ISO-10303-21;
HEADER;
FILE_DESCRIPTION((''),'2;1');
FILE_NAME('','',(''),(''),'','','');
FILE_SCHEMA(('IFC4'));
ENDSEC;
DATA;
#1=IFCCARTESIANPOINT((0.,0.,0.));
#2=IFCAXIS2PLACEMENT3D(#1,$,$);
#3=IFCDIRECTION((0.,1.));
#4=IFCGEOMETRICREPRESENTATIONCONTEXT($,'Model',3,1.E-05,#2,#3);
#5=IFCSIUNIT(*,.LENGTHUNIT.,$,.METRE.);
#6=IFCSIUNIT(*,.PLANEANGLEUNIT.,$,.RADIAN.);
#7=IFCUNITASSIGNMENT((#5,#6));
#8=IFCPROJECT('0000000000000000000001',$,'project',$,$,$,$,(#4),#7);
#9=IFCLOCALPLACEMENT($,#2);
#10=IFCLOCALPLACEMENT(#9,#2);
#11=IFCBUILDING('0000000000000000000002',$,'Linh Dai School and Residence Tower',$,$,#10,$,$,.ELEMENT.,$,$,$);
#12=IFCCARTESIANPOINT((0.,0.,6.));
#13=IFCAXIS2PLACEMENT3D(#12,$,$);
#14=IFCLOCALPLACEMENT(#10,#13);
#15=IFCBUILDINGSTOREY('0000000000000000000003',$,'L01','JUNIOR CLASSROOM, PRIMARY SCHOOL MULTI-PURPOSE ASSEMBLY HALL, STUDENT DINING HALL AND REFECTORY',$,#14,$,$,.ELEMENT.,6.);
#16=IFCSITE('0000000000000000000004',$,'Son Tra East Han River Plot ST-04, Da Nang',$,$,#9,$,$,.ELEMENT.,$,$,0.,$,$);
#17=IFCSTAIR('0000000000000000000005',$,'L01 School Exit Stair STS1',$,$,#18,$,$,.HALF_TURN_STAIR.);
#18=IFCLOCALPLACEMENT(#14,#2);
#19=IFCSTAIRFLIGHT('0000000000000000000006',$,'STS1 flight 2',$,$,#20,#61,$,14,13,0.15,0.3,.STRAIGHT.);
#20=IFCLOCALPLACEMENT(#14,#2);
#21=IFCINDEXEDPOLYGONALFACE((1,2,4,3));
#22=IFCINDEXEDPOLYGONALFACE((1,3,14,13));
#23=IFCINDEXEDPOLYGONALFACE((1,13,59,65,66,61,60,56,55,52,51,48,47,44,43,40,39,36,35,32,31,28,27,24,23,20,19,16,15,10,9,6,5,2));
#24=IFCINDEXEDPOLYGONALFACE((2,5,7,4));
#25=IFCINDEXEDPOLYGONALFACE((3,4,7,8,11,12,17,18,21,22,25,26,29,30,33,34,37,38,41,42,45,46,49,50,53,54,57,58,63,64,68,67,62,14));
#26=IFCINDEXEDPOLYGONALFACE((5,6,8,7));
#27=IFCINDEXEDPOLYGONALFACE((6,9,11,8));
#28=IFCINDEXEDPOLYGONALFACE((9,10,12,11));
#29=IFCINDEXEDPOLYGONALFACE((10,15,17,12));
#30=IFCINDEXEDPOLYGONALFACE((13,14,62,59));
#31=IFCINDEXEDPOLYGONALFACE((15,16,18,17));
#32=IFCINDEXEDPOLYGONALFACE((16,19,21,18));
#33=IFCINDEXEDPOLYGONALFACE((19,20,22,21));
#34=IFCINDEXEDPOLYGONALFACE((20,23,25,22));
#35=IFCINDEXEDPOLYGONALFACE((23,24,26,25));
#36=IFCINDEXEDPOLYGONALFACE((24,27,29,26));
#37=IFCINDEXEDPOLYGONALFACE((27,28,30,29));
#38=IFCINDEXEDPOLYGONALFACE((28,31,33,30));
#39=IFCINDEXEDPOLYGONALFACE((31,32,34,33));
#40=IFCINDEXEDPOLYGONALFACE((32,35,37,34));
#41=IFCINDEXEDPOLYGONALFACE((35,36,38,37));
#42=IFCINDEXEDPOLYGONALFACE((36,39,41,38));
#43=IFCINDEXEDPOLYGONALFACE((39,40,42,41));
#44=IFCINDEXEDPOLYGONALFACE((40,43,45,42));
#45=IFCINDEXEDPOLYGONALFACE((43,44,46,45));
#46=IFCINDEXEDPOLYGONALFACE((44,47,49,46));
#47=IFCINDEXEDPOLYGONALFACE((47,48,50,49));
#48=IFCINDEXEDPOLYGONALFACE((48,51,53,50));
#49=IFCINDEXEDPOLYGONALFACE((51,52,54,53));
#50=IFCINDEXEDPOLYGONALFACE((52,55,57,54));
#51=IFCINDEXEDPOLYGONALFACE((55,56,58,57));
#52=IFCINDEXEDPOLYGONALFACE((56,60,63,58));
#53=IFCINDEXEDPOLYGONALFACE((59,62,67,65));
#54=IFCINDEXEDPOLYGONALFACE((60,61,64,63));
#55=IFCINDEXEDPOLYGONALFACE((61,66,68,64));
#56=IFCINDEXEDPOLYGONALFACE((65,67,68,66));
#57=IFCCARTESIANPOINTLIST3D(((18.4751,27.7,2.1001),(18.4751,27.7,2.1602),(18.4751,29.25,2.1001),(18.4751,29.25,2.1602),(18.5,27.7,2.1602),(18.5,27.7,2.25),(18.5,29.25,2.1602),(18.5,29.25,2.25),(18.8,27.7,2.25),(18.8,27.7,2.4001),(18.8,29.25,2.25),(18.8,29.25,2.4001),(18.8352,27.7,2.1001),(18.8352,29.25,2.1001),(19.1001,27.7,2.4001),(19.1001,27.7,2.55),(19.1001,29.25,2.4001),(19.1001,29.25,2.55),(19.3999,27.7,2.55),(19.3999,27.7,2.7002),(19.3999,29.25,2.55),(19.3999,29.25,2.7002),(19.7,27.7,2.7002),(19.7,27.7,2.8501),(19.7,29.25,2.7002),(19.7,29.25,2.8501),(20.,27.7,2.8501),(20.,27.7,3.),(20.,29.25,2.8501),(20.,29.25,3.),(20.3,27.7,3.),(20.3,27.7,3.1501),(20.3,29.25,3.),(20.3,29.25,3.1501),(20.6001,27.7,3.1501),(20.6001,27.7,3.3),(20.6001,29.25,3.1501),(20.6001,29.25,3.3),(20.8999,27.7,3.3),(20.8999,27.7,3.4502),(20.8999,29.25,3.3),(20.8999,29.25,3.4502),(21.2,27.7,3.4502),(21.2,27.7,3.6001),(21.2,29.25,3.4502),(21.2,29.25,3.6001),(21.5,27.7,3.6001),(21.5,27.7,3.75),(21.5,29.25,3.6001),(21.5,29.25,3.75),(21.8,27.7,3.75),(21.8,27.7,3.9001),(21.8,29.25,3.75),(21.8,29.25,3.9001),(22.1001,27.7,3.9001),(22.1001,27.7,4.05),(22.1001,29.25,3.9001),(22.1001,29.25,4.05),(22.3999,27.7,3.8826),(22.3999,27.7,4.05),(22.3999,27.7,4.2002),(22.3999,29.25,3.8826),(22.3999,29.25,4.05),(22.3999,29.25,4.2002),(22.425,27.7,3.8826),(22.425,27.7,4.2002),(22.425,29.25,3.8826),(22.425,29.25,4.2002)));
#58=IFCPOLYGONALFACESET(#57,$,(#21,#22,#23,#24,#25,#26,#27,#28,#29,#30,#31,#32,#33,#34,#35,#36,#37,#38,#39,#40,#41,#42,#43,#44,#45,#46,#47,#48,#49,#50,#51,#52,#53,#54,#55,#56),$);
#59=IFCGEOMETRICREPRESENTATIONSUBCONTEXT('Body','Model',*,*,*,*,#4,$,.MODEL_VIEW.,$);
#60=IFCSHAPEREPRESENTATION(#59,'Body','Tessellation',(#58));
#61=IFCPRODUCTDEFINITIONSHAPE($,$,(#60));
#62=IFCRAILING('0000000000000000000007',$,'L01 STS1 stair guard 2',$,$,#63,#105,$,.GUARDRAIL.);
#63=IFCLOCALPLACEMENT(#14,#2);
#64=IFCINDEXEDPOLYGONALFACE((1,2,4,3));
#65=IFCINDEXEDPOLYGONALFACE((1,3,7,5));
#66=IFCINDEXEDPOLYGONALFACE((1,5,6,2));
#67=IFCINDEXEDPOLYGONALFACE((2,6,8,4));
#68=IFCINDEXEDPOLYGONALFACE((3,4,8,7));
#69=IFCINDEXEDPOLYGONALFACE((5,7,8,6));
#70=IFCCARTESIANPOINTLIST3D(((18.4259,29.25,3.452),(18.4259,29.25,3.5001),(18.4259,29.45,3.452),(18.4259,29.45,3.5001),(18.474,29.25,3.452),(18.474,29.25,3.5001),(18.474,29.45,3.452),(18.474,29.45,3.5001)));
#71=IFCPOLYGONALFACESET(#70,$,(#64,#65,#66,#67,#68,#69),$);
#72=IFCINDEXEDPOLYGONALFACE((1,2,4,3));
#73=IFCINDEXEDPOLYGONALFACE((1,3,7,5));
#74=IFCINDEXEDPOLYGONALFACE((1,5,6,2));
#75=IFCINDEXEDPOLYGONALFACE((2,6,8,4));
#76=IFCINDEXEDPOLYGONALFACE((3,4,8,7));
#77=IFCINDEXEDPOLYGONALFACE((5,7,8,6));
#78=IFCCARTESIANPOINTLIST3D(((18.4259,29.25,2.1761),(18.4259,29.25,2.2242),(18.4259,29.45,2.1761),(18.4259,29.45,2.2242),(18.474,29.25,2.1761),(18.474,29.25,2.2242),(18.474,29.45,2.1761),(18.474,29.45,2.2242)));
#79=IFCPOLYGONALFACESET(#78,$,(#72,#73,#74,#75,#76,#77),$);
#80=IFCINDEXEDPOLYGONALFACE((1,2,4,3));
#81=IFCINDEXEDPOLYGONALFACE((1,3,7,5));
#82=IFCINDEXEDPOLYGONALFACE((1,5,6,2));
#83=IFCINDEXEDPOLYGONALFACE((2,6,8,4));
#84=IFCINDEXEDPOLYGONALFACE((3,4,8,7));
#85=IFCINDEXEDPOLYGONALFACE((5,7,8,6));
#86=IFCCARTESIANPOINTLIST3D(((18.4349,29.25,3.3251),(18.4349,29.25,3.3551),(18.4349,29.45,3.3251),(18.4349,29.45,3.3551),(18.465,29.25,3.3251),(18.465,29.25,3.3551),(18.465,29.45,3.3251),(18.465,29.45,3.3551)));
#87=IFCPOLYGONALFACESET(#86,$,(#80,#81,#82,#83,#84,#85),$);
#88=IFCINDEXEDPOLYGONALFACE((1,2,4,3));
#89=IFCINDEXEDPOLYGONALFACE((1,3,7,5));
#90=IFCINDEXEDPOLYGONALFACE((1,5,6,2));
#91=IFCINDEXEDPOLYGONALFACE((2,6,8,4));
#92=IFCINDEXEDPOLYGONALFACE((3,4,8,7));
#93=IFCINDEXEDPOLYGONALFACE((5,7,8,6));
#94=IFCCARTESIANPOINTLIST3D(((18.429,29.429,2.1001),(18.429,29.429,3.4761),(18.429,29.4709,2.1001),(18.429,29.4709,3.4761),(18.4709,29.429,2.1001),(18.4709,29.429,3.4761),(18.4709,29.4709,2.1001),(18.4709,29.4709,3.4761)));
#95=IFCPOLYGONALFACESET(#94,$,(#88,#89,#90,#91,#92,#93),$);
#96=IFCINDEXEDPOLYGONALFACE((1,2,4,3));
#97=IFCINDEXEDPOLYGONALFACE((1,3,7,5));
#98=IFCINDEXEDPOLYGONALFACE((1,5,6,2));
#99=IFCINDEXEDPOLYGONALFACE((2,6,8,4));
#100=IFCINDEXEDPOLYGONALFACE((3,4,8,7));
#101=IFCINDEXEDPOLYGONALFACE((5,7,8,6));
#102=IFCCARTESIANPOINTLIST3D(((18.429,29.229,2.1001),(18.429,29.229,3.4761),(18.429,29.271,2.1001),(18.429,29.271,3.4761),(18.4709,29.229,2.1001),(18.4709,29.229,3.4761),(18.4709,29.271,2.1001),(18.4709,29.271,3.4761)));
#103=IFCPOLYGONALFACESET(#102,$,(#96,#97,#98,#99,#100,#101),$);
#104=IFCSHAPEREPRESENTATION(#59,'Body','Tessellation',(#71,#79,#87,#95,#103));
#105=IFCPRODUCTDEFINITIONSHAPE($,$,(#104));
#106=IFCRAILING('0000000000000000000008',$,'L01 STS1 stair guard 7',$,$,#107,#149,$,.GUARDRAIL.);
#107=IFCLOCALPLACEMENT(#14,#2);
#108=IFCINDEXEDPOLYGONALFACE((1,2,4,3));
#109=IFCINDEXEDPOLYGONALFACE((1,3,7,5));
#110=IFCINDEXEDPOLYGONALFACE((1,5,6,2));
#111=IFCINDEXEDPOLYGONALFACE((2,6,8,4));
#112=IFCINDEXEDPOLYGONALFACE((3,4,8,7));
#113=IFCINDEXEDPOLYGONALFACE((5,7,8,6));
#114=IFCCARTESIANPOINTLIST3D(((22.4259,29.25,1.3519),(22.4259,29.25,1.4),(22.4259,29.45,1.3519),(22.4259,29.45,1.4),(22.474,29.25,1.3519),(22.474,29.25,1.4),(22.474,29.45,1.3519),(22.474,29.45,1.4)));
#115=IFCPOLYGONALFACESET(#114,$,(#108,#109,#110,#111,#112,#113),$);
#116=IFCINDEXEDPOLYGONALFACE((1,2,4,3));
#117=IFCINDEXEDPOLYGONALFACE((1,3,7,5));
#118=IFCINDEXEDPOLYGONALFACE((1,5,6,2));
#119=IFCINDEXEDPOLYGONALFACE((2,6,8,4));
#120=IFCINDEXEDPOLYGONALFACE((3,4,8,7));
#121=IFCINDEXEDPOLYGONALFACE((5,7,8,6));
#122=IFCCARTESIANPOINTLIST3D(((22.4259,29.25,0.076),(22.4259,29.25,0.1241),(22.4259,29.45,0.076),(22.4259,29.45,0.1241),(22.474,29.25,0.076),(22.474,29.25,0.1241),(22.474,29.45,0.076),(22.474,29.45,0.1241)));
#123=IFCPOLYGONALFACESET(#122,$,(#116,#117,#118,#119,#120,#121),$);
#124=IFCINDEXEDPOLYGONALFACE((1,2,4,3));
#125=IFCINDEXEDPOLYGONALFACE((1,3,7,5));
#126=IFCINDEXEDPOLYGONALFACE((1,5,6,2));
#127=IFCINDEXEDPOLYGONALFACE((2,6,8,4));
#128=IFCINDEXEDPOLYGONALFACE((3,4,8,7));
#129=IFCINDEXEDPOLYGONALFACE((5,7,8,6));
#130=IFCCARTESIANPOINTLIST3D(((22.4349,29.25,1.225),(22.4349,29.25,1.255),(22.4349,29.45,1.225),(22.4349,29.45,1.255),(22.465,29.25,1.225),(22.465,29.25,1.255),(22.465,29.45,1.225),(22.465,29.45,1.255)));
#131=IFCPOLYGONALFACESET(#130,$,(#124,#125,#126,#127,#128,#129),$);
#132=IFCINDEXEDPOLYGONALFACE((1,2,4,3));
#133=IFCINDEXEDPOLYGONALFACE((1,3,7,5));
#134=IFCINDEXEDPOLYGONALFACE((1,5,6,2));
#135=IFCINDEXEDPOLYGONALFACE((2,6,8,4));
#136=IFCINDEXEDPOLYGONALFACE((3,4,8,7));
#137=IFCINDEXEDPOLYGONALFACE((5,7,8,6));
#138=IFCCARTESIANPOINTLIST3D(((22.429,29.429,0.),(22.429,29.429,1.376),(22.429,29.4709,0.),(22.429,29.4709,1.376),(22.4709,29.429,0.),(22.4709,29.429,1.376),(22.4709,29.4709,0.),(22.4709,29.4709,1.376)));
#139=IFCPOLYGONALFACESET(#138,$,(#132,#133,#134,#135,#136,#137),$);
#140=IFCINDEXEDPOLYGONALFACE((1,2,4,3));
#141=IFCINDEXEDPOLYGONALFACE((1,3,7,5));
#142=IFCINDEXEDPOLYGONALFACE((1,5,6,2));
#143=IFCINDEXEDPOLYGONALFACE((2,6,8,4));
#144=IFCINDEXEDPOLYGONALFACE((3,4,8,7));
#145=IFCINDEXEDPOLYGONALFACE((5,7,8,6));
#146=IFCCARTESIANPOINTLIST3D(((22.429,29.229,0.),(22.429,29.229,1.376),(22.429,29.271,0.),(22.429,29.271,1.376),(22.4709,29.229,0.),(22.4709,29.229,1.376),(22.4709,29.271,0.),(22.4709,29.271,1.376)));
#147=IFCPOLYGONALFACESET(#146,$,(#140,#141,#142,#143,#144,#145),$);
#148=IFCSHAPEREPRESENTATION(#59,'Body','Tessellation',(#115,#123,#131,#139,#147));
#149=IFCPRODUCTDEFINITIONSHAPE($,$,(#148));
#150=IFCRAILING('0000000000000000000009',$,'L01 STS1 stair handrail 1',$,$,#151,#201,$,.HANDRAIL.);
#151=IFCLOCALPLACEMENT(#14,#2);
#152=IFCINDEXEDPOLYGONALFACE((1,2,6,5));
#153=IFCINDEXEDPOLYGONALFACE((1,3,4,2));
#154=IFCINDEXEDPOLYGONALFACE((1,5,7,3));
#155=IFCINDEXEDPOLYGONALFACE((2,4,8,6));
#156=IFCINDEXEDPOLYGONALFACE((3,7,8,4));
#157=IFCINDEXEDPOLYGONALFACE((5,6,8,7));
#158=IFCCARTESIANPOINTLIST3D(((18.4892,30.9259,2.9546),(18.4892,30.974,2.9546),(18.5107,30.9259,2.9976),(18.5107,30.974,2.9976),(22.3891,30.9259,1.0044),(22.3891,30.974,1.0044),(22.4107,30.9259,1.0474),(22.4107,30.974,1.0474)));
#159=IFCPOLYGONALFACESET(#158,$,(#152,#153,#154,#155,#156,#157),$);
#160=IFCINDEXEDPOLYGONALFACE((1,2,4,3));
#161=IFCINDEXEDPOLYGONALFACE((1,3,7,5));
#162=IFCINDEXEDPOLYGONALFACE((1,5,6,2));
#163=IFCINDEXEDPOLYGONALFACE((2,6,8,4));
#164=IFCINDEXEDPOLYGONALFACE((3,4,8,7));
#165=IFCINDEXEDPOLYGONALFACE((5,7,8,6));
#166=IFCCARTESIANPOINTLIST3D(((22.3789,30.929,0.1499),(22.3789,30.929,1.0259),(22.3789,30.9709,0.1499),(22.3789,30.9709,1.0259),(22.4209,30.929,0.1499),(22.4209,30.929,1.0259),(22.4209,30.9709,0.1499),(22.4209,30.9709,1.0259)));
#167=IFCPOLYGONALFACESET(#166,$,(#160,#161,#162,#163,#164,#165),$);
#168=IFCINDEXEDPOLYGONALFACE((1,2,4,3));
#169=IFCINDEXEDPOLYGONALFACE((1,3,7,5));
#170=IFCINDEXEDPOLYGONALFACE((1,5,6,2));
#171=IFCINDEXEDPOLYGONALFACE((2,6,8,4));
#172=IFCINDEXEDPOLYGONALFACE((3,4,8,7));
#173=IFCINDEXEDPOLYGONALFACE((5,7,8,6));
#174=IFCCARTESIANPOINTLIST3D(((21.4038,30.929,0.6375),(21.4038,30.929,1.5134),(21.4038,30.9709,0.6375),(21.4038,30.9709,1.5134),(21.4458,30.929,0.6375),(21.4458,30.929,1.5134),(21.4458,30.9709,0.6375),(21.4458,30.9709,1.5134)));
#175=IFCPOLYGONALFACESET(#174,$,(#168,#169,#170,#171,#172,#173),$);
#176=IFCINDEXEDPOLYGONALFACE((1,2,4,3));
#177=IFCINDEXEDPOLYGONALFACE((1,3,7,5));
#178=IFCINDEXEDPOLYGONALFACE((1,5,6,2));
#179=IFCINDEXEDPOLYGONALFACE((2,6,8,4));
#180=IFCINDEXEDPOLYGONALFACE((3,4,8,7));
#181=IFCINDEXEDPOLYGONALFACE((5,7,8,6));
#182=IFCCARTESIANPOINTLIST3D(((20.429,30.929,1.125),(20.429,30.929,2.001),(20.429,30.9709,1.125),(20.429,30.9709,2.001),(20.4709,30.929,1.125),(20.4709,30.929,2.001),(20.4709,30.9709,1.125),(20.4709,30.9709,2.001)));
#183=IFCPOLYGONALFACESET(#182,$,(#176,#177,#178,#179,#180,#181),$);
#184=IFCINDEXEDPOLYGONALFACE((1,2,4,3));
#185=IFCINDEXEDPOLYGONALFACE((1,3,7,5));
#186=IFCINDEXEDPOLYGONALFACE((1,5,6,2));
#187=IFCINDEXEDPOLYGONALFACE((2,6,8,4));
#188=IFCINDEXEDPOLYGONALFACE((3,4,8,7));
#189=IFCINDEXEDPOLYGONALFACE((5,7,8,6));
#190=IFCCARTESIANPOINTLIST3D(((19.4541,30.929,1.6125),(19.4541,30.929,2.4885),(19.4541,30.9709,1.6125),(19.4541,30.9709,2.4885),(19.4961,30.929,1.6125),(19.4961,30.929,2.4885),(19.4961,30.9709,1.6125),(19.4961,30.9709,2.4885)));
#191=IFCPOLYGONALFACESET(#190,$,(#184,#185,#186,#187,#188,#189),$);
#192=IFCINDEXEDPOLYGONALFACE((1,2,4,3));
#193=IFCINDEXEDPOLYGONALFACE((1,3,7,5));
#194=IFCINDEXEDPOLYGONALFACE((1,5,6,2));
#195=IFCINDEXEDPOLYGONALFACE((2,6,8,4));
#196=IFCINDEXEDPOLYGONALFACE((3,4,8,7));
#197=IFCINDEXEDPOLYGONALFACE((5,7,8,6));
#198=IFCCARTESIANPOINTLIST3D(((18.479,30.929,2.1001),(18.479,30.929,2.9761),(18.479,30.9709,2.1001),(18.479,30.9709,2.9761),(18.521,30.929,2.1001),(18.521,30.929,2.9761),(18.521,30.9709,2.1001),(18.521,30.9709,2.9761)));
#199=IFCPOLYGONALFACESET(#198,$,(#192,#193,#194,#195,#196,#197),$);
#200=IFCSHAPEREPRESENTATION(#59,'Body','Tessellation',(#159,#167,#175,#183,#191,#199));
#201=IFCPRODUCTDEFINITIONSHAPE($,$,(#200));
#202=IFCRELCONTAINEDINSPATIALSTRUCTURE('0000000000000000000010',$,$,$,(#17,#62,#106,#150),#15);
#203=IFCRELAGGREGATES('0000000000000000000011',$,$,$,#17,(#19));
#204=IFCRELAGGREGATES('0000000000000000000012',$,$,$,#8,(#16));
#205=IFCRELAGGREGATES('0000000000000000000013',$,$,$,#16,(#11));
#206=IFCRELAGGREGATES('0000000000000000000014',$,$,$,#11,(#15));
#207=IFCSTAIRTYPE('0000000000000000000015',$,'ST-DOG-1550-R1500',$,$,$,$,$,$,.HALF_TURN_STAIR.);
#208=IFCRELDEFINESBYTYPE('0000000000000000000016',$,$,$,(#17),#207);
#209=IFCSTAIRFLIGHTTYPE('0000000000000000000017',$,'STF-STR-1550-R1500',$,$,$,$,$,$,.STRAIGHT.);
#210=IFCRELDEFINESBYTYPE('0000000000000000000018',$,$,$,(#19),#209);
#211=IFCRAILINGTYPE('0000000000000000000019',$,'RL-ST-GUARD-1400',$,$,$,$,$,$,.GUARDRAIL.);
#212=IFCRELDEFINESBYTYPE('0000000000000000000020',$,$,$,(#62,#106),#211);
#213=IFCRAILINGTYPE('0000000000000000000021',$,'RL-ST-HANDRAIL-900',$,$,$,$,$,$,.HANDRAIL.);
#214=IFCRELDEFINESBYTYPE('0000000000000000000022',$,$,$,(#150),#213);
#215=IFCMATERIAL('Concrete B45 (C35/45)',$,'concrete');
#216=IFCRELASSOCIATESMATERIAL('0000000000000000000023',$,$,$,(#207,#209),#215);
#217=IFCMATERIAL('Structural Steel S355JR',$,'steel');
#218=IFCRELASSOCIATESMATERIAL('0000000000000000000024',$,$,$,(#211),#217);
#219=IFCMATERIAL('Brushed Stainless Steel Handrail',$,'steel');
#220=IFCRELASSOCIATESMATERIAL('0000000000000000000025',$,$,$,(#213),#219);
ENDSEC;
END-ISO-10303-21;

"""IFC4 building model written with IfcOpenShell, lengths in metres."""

from ifc_helpers import new_model, si_unit, direction, frame, origin, origin_2d, place, context, subcontext, project, spatial, polyline, rectangle, outline, extrude, source, transform, mapped, material, type_object, element, aggregate, save


model = new_model("IFC4")

# Units and contexts
model_context = context("Model", 3, precision=1e-05, world=origin(), true_north=direction((0.0, 1.0)))
body_context = subcontext(model_context, "Body", "Model", "MODEL_VIEW")
ifc_project = project(units=[si_unit("LENGTHUNIT", "METRE"), si_unit("PLANEANGLEUNIT", "RADIAN")], contexts=[model_context])

# Site, building, storey
site_placement = place(None, origin())
site = spatial("IfcSite", under=ifc_project, at=site_placement, Name="Son Tra East Han River Plot ST-04, Da Nang", CompositionType="ELEMENT", RefElevation=0.0)
building_placement = place(site_placement, origin())
building = spatial("IfcBuilding", under=site, at=building_placement, Name="Linh Dai School and Residence Tower", CompositionType="ELEMENT")
storey_placement = place(building_placement, frame((0.0, 0.0, 6.0)))
storey = spatial("IfcBuildingStorey", under=building, at=storey_placement, Name="L01", Description="JUNIOR CLASSROOM, PRIMARY SCHOOL MULTI-PURPOSE ASSEMBLY HALL, STUDENT DINING HALL AND REFECTORY", CompositionType="ELEMENT", Elevation=6.0)

# Shared definitions
ifc_material_1 = material(Name="Structural Steel S355JR", Category="steel")

# Shared definitions
ifc_material_2 = material(Name="Concrete B45 (C35/45)", Category="concrete")

# Stair, stair flight
stair_type = type_object("IfcStairType", Name="ST-DOG-1550-R1500", PredefinedType="HALF_TURN_STAIR", material=ifc_material_2)
stair_placement = place(storey_placement, origin())
stair = element("IfcStair", 1, at=stair_placement, inside=storey, type_object=stair_type, Name="L01 School Exit Stair STS1", PredefinedType="HALF_TURN_STAIR")
stair_flight_type = type_object("IfcStairFlightType", Name="STF-STR-1550-R1500", PredefinedType="STRAIGHT", material=ifc_material_2)
shared_shape_1 = source(origin(), body_context, "Body", "SweptSolid", [
    extrude(outline(polyline([(-0.0249, 0.0), (-0.0249, 0.0601), (0.0, 0.0601), (0.0, 0.1499), (0.3, 0.1499), (0.3, 0.3), (0.6001, 0.3), (0.6001, 0.45), (0.8999, 0.45), (0.8999, 0.6001), (1.2, 0.6001), (1.2, 0.75), (1.5, 0.75), (1.5, 0.8999), (1.8, 0.8999), (1.8, 1.05), (2.1001, 1.05), (2.1001, 1.2), (2.3999, 1.2), (2.3999, 1.3501), (2.7, 1.3501), (2.7, 1.5), (3.0, 1.5), (3.0, 1.6499), (3.3, 1.6499), (3.3, 1.8), (3.6001, 1.8), (3.6001, 1.95), (3.8999, 1.95), (3.8999, 2.1001), (3.925, 2.1001), (3.925, 1.7825), (3.8999, 1.7825), (0.3352, 0.0), (-0.0249, 0.0)])), frame((0.0, 0.7749, 0.0), z_axis=(0.0, -1.0, 0.0), x_axis=(1.0, 0.0, 0.0)), (0.0, 0.0, 1.0), 1.55),
])
stair_flight_1_placement = place(storey_placement, frame((18.5, 28.4751, 2.1001), z_axis=(0.0, 0.0, 1.0), x_axis=(1.0, 0.0, 0.0)))
stair_flight_1 = element("IfcStairFlight", 2, at=stair_flight_1_placement, type_object=stair_flight_type, Name="STS1 flight 2", NumberOfRisers=14, NumberOfTreads=13, PredefinedType="STRAIGHT", RiserHeight=0.15, TreadLength=0.3, context=body_context, shape_type="MappedRepresentation", body=[
    mapped(shared_shape_1, transform((0.0, 0.0, 0.0), x_axis=(1.0, 0.0, 0.0), y_axis=(0.0, 1.0, 0.0), z_axis=(0.0, 0.0, 1.0), scale=1.0)),
])
aggregate(stair, [stair_flight_1])

# Railings
railing_type_1 = type_object("IfcRailingType", Name="RL-ST-GUARD-1400", PredefinedType="GUARDRAIL", material=ifc_material_1)
shared_shape_2 = source(origin(), body_context, "Body", "SweptSolid", [
    extrude(rectangle(XDim=0.0481, YDim=0.0481, at=origin_2d()), frame((0.0, 0.0, 1.376), z_axis=(0.0, -1.0, 0.0), x_axis=(1.0, 0.0, 0.0)), (0.0, 0.0, 1.0), 0.2),
    extrude(rectangle(XDim=0.0481, YDim=0.0481, at=origin_2d()), frame((0.0, 0.0, 0.1001), z_axis=(0.0, -1.0, 0.0), x_axis=(1.0, 0.0, 0.0)), (0.0, 0.0, 1.0), 0.2),
    extrude(rectangle(XDim=0.03, YDim=0.03, at=origin_2d()), frame((0.0, 0.0, 1.24), z_axis=(0.0, -1.0, 0.0), x_axis=(1.0, 0.0, 0.0)), (0.0, 0.0, 1.0), 0.2),
    extrude(rectangle(XDim=0.042, YDim=0.042, at=origin_2d()), origin(), (0.0, 0.0, 1.0), 1.376),
    extrude(rectangle(XDim=0.042, YDim=0.042, at=origin_2d()), frame((0.0, -0.2, 0.0)), (0.0, 0.0, 1.0), 1.376),
])
for number, where, name in (
    (3, (18.45, 29.45, 2.1001), "L01 STS1 stair guard 2"),
    (4, (22.45, 29.45, 0.0), "L01 STS1 stair guard 7"),
):
    element("IfcRailing", number, at=place(storey_placement, frame(where)), inside=storey, type_object=railing_type_1, Name=name, PredefinedType="GUARDRAIL", context=body_context, shape_type="MappedRepresentation", body=[
        mapped(shared_shape_2, transform((0.0, 0.0, 0.0), x_axis=(1.0, 0.0, 0.0), y_axis=(0.0, 1.0, 0.0), z_axis=(0.0, 0.0, 1.0), scale=1.0)),
    ])
ifc_material_3 = material(Name="Brushed Stainless Steel Handrail", Category="steel")
railing_type_2 = type_object("IfcRailingType", Name="RL-ST-HANDRAIL-900", PredefinedType="HANDRAIL", material=ifc_material_3)
shared_shape_3 = source(origin(), body_context, "Body", "SweptSolid", [
    extrude(rectangle(XDim=0.0481, YDim=0.0481, at=origin_2d()), frame((0.0, 0.0, 0.876), z_axis=(-0.894405, 0.0, 0.447258), x_axis=(0.0, -1.0, 0.0)), (0.0, 0.0, 1.0), 4.3604),
    extrude(rectangle(XDim=0.042, YDim=0.042, at=origin_2d()), origin(), (0.0, 0.0, 1.0), 0.876),
    extrude(rectangle(XDim=0.042, YDim=0.042, at=origin_2d()), frame((-0.9751, 0.0, 0.4875)), (0.0, 0.0, 1.0), 0.876),
    extrude(rectangle(XDim=0.042, YDim=0.042, at=origin_2d()), frame((-1.95, 0.0, 0.9751)), (0.0, 0.0, 1.0), 0.876),
    extrude(rectangle(XDim=0.042, YDim=0.042, at=origin_2d()), frame((-2.9248, 0.0, 1.4626)), (0.0, 0.0, 1.0), 0.876),
    extrude(rectangle(XDim=0.042, YDim=0.042, at=origin_2d()), frame((-3.8999, 0.0, 1.9502)), (0.0, 0.0, 1.0), 0.876),
])
railing_1_placement = place(storey_placement, frame((22.3999, 30.95, 0.1499)))
element("IfcRailing", 5, at=railing_1_placement, inside=storey, type_object=railing_type_2, Name="L01 STS1 stair handrail 1", PredefinedType="HANDRAIL", context=body_context, shape_type="MappedRepresentation", body=[
    mapped(shared_shape_3, transform((0.0, 0.0, 0.0), x_axis=(1.0, 0.0, 0.0), y_axis=(0.0, 1.0, 0.0), z_axis=(0.0, 0.0, 1.0), scale=1.0)),
])

save(model, "model.ifc")
